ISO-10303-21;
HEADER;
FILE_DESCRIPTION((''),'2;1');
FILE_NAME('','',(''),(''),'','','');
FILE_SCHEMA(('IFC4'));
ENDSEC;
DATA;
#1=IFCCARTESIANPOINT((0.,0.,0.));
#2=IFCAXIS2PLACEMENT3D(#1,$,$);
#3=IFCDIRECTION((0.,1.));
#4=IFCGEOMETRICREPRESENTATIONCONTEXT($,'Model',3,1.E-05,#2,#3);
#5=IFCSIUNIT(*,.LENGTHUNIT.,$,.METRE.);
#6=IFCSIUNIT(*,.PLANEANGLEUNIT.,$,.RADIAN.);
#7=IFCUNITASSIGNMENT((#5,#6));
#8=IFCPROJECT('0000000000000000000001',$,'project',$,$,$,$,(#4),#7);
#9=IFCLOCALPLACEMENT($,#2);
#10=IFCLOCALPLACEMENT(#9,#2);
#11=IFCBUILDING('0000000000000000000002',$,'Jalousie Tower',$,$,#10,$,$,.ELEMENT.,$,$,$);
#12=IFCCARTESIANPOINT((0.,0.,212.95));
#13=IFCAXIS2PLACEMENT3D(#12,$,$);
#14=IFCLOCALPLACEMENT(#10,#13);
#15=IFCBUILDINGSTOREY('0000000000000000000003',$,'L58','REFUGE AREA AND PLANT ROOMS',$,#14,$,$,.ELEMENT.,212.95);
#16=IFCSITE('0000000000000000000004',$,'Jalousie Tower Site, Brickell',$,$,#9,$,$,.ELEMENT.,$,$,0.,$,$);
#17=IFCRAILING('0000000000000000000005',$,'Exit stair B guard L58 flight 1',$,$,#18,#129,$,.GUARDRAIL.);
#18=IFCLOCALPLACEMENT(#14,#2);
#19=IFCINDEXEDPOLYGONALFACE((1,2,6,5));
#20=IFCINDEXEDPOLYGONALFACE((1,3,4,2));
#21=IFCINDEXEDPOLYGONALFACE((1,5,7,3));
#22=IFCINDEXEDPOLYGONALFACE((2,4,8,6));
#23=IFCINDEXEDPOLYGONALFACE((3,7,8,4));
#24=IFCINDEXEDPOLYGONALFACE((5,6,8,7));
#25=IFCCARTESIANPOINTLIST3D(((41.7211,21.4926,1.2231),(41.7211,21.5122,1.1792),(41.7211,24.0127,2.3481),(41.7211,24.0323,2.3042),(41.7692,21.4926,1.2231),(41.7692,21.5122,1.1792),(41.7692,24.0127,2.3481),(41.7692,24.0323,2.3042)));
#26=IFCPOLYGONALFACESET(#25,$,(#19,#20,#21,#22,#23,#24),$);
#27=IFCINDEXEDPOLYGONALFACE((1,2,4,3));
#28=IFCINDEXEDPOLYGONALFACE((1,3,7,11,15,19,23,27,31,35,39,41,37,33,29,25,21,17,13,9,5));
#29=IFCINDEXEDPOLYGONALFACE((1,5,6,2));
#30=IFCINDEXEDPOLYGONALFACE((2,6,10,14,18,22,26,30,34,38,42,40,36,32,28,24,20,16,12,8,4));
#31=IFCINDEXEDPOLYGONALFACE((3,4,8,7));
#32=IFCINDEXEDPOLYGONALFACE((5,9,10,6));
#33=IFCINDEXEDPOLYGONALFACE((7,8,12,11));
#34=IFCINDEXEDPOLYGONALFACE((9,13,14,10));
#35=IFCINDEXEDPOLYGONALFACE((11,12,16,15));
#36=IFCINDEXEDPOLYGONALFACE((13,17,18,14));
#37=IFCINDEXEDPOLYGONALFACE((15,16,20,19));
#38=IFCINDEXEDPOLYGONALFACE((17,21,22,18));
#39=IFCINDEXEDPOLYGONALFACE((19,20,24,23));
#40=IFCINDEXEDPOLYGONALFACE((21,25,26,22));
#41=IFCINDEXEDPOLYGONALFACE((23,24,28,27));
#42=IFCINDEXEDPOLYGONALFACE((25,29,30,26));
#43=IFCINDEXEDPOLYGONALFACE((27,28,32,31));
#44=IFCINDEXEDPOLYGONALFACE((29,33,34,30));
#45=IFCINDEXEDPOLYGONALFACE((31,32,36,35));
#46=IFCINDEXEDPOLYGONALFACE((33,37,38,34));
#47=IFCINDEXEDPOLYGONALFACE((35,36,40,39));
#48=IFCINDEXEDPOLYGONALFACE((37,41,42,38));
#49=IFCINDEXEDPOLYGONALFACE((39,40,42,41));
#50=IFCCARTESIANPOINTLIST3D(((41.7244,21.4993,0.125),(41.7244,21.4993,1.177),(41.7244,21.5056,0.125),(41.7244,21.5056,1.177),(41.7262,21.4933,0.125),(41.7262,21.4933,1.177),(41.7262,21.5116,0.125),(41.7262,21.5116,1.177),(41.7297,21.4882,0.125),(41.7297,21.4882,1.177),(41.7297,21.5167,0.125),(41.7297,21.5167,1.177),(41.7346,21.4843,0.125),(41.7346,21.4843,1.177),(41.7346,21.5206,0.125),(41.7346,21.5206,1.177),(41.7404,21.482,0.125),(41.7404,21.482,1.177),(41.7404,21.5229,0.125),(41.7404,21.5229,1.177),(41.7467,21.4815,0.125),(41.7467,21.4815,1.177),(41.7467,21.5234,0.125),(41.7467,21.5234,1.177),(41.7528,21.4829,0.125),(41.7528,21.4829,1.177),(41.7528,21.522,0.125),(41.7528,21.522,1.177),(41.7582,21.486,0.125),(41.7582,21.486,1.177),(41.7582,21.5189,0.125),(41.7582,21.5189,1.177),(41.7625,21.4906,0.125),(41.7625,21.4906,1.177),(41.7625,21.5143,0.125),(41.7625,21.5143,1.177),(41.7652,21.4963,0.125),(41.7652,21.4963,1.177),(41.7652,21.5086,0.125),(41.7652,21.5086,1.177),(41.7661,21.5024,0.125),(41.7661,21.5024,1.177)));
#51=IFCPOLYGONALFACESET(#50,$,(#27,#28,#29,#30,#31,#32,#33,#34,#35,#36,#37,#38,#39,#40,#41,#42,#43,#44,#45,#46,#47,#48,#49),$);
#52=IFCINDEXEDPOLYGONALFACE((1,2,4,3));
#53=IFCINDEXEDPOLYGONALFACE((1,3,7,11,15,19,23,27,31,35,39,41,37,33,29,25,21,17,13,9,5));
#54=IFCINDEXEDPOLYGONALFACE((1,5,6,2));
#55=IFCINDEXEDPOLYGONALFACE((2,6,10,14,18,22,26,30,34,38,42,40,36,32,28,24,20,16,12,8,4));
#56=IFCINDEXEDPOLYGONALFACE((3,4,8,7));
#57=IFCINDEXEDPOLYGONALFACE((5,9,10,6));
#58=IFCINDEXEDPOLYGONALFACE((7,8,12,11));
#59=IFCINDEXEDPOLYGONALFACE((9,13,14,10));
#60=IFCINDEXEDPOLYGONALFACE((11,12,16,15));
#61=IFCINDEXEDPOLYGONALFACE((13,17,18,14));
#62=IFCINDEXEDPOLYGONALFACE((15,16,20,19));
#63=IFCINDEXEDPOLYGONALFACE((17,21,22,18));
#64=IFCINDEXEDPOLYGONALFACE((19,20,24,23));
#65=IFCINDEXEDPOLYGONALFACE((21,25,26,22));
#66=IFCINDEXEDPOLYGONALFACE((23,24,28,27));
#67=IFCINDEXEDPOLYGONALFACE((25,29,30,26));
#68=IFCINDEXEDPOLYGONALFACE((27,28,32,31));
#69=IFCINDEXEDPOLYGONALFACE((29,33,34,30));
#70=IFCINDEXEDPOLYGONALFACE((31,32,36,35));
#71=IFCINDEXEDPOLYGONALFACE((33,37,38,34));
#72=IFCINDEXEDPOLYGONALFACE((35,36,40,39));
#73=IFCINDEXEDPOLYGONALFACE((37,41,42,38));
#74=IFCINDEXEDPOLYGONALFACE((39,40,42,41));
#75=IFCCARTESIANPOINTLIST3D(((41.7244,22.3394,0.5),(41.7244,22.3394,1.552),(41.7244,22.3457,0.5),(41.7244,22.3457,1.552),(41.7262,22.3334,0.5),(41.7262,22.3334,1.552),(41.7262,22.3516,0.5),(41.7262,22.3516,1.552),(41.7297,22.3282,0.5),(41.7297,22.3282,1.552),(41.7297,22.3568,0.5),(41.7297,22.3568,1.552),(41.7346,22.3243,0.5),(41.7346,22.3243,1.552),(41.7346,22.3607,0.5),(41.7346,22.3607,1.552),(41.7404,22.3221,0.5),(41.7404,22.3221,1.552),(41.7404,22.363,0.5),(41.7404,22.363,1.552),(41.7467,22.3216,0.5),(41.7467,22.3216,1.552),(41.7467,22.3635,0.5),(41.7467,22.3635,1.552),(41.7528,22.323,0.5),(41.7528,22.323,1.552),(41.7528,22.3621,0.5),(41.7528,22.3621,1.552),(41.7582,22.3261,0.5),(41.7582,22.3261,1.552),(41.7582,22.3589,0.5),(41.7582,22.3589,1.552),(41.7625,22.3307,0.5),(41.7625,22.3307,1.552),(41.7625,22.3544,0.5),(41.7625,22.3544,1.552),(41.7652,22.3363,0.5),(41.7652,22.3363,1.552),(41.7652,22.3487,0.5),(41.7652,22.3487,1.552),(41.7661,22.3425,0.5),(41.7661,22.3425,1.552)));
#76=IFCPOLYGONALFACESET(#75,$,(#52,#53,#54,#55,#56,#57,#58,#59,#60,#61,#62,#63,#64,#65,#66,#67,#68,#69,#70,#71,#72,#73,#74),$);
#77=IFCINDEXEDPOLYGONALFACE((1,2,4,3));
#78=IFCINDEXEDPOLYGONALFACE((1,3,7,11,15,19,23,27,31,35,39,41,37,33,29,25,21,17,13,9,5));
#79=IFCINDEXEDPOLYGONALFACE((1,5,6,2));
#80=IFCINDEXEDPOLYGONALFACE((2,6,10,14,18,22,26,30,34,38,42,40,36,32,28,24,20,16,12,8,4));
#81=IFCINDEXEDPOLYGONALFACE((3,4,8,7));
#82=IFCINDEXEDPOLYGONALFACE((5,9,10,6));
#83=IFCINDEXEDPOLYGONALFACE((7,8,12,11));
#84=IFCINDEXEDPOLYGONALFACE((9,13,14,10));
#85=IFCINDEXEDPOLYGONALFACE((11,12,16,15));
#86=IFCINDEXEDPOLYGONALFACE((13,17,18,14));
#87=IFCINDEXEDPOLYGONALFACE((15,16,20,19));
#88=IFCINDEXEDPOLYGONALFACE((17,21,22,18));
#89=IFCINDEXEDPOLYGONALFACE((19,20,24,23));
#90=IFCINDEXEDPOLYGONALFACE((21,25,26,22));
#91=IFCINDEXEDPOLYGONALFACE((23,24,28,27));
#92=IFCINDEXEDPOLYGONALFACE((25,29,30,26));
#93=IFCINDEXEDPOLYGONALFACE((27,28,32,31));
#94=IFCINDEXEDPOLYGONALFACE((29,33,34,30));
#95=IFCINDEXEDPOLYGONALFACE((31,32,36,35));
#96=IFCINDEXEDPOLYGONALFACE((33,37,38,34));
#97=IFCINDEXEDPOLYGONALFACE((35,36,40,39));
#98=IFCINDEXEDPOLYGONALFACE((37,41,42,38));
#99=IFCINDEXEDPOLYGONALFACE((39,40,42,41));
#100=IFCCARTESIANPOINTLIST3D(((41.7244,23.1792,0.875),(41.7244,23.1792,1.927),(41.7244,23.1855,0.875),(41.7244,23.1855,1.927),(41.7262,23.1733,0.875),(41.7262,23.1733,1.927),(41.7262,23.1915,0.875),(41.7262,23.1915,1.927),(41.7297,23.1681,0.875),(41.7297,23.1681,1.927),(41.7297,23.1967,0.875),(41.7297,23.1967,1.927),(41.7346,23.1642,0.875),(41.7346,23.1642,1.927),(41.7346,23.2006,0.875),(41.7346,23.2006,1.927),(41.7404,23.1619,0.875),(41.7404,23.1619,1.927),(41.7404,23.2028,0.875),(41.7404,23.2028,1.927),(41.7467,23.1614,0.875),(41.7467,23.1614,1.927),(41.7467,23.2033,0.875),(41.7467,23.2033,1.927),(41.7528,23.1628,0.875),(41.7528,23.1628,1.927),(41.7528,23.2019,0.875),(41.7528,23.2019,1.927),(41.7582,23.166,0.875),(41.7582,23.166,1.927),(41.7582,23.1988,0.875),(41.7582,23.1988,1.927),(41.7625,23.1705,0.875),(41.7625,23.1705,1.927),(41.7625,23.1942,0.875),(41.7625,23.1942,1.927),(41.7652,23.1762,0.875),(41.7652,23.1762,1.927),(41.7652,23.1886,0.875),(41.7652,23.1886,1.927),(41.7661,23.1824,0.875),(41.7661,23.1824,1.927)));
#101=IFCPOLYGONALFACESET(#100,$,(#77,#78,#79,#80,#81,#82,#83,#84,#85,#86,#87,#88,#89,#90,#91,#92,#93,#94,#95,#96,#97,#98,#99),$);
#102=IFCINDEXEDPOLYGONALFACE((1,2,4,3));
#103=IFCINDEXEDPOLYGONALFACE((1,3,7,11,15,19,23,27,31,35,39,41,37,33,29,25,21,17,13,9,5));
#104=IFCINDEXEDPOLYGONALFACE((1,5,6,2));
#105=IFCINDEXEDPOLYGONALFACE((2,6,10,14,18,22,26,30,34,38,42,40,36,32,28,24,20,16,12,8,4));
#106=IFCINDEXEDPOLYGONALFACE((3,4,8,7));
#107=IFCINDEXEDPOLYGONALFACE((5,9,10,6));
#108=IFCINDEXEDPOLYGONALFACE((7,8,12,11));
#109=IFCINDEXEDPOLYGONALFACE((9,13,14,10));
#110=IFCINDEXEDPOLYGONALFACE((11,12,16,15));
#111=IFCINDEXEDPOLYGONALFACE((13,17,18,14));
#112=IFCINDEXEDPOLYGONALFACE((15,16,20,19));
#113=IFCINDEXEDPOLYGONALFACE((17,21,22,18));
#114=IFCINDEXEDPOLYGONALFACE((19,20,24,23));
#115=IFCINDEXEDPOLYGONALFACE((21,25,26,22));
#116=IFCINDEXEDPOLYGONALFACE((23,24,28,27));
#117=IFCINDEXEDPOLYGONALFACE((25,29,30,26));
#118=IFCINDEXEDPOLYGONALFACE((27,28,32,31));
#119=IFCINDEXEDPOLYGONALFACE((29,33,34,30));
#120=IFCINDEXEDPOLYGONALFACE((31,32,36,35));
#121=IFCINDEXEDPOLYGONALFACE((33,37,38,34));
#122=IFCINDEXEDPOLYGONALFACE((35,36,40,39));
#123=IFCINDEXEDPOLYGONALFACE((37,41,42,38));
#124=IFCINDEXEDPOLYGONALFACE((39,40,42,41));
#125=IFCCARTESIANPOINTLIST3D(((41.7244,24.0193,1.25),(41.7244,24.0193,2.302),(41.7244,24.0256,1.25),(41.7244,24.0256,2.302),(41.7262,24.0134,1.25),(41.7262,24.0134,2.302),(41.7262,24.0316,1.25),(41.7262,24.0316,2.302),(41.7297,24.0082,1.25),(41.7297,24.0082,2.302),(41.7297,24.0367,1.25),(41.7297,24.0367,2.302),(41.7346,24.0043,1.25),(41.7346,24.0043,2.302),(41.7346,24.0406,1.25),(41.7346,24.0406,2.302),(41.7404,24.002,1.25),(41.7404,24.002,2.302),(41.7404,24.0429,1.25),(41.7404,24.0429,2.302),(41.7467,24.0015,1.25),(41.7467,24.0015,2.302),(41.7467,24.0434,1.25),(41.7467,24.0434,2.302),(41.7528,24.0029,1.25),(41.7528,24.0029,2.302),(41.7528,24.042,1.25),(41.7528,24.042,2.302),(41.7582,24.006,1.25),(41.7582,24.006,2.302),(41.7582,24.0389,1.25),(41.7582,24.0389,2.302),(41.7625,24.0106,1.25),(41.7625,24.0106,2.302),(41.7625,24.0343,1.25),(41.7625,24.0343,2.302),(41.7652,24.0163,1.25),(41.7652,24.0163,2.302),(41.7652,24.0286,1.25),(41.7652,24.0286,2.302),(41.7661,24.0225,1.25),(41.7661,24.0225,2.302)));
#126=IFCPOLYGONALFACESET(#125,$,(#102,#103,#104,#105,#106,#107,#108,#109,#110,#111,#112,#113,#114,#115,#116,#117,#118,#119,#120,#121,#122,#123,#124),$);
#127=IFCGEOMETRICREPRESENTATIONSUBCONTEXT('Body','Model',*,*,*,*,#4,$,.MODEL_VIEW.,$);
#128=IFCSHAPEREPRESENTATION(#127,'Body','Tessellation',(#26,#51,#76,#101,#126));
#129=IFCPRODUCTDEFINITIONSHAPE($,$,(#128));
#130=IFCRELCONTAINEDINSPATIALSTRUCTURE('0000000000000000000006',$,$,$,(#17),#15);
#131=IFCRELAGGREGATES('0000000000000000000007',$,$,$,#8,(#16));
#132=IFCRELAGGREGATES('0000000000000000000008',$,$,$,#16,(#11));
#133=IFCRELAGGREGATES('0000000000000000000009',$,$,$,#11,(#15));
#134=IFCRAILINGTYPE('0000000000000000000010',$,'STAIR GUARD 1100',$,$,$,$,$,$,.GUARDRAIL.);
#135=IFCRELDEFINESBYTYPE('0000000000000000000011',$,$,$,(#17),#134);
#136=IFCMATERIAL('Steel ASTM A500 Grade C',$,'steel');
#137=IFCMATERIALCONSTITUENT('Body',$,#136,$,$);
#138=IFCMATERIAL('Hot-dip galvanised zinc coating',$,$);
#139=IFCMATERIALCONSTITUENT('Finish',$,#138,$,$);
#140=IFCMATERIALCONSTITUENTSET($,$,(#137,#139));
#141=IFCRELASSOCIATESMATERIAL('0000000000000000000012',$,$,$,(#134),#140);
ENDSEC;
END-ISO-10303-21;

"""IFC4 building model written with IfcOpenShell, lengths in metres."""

from ifc_helpers import new_model, si_unit, direction, frame, origin, origin_2d, place, context, subcontext, project, spatial, rectangle, circle, extrude, material, constituent, constituent_set, type_object, element, save


model = new_model("IFC4")

# Units and contexts
model_context = context("Model", 3, precision=1e-05, world=origin(), true_north=direction((0.0, 1.0)))
body_context = subcontext(model_context, "Body", "Model", "MODEL_VIEW")
ifc_project = project(units=[si_unit("LENGTHUNIT", "METRE"), si_unit("PLANEANGLEUNIT", "RADIAN")], contexts=[model_context])

# Site, building, storey
site_placement = place(None, origin())
site = spatial("IfcSite", under=ifc_project, at=site_placement, Name="Jalousie Tower Site, Brickell", CompositionType="ELEMENT", RefElevation=0.0)
building_placement = place(site_placement, origin())
building = spatial("IfcBuilding", under=site, at=building_placement, Name="Jalousie Tower", CompositionType="ELEMENT")
storey_placement = place(building_placement, frame((0.0, 0.0, 212.95)))
storey = spatial("IfcBuildingStorey", under=building, at=storey_placement, Name="L58", Description="REFUGE AREA AND PLANT ROOMS", CompositionType="ELEMENT", Elevation=212.95)

# Railing
ifc_material_1 = material(Name="Steel ASTM A500 Grade C", Category="steel")
ifc_constituent_1 = constituent(ifc_material_1, Name="Body")
ifc_material_2 = material(Name="Hot-dip galvanised zinc coating")
ifc_constituent_2 = constituent(ifc_material_2, Name="Finish")
ifc_constituent_set_1 = constituent_set(constituents=[ifc_constituent_1, ifc_constituent_2])
railing_type_1 = type_object("IfcRailingType", Name="STAIR GUARD 1100", PredefinedType="GUARDRAIL", material=ifc_constituent_set_1)
railing_1_placement = place(storey_placement, frame((41.7451, 21.5024, 0.125)))
element("IfcRailing", 1, at=railing_1_placement, inside=storey, type_object=railing_type_1, Name="Exit stair B guard L58 flight 1", PredefinedType="GUARDRAIL", context=body_context, shape_type="SweptSolid", body=[
    extrude(rectangle(XDim=0.0481, YDim=0.0481, at=origin_2d()), frame((0.0, 0.0, 1.0762), z_axis=(0.0, 0.913139, 0.407648), x_axis=(-1.0, 0.0, 0.0)), (0.0, 0.0, 1.0), 2.7598),
    extrude(circle(Radius=0.021, at=origin_2d()), origin(), (0.0, 0.0, 1.0), 1.052),
    extrude(circle(Radius=0.021, at=origin_2d()), frame((0.0, 0.8401, 0.375)), (0.0, 0.0, 1.0), 1.052),
    extrude(circle(Radius=0.021, at=origin_2d()), frame((0.0, 1.6799, 0.75)), (0.0, 0.0, 1.0), 1.052),
    extrude(circle(Radius=0.021, at=origin_2d()), frame((0.0, 2.52, 1.125)), (0.0, 0.0, 1.0), 1.052),
])

save(model, "model.ifc")
